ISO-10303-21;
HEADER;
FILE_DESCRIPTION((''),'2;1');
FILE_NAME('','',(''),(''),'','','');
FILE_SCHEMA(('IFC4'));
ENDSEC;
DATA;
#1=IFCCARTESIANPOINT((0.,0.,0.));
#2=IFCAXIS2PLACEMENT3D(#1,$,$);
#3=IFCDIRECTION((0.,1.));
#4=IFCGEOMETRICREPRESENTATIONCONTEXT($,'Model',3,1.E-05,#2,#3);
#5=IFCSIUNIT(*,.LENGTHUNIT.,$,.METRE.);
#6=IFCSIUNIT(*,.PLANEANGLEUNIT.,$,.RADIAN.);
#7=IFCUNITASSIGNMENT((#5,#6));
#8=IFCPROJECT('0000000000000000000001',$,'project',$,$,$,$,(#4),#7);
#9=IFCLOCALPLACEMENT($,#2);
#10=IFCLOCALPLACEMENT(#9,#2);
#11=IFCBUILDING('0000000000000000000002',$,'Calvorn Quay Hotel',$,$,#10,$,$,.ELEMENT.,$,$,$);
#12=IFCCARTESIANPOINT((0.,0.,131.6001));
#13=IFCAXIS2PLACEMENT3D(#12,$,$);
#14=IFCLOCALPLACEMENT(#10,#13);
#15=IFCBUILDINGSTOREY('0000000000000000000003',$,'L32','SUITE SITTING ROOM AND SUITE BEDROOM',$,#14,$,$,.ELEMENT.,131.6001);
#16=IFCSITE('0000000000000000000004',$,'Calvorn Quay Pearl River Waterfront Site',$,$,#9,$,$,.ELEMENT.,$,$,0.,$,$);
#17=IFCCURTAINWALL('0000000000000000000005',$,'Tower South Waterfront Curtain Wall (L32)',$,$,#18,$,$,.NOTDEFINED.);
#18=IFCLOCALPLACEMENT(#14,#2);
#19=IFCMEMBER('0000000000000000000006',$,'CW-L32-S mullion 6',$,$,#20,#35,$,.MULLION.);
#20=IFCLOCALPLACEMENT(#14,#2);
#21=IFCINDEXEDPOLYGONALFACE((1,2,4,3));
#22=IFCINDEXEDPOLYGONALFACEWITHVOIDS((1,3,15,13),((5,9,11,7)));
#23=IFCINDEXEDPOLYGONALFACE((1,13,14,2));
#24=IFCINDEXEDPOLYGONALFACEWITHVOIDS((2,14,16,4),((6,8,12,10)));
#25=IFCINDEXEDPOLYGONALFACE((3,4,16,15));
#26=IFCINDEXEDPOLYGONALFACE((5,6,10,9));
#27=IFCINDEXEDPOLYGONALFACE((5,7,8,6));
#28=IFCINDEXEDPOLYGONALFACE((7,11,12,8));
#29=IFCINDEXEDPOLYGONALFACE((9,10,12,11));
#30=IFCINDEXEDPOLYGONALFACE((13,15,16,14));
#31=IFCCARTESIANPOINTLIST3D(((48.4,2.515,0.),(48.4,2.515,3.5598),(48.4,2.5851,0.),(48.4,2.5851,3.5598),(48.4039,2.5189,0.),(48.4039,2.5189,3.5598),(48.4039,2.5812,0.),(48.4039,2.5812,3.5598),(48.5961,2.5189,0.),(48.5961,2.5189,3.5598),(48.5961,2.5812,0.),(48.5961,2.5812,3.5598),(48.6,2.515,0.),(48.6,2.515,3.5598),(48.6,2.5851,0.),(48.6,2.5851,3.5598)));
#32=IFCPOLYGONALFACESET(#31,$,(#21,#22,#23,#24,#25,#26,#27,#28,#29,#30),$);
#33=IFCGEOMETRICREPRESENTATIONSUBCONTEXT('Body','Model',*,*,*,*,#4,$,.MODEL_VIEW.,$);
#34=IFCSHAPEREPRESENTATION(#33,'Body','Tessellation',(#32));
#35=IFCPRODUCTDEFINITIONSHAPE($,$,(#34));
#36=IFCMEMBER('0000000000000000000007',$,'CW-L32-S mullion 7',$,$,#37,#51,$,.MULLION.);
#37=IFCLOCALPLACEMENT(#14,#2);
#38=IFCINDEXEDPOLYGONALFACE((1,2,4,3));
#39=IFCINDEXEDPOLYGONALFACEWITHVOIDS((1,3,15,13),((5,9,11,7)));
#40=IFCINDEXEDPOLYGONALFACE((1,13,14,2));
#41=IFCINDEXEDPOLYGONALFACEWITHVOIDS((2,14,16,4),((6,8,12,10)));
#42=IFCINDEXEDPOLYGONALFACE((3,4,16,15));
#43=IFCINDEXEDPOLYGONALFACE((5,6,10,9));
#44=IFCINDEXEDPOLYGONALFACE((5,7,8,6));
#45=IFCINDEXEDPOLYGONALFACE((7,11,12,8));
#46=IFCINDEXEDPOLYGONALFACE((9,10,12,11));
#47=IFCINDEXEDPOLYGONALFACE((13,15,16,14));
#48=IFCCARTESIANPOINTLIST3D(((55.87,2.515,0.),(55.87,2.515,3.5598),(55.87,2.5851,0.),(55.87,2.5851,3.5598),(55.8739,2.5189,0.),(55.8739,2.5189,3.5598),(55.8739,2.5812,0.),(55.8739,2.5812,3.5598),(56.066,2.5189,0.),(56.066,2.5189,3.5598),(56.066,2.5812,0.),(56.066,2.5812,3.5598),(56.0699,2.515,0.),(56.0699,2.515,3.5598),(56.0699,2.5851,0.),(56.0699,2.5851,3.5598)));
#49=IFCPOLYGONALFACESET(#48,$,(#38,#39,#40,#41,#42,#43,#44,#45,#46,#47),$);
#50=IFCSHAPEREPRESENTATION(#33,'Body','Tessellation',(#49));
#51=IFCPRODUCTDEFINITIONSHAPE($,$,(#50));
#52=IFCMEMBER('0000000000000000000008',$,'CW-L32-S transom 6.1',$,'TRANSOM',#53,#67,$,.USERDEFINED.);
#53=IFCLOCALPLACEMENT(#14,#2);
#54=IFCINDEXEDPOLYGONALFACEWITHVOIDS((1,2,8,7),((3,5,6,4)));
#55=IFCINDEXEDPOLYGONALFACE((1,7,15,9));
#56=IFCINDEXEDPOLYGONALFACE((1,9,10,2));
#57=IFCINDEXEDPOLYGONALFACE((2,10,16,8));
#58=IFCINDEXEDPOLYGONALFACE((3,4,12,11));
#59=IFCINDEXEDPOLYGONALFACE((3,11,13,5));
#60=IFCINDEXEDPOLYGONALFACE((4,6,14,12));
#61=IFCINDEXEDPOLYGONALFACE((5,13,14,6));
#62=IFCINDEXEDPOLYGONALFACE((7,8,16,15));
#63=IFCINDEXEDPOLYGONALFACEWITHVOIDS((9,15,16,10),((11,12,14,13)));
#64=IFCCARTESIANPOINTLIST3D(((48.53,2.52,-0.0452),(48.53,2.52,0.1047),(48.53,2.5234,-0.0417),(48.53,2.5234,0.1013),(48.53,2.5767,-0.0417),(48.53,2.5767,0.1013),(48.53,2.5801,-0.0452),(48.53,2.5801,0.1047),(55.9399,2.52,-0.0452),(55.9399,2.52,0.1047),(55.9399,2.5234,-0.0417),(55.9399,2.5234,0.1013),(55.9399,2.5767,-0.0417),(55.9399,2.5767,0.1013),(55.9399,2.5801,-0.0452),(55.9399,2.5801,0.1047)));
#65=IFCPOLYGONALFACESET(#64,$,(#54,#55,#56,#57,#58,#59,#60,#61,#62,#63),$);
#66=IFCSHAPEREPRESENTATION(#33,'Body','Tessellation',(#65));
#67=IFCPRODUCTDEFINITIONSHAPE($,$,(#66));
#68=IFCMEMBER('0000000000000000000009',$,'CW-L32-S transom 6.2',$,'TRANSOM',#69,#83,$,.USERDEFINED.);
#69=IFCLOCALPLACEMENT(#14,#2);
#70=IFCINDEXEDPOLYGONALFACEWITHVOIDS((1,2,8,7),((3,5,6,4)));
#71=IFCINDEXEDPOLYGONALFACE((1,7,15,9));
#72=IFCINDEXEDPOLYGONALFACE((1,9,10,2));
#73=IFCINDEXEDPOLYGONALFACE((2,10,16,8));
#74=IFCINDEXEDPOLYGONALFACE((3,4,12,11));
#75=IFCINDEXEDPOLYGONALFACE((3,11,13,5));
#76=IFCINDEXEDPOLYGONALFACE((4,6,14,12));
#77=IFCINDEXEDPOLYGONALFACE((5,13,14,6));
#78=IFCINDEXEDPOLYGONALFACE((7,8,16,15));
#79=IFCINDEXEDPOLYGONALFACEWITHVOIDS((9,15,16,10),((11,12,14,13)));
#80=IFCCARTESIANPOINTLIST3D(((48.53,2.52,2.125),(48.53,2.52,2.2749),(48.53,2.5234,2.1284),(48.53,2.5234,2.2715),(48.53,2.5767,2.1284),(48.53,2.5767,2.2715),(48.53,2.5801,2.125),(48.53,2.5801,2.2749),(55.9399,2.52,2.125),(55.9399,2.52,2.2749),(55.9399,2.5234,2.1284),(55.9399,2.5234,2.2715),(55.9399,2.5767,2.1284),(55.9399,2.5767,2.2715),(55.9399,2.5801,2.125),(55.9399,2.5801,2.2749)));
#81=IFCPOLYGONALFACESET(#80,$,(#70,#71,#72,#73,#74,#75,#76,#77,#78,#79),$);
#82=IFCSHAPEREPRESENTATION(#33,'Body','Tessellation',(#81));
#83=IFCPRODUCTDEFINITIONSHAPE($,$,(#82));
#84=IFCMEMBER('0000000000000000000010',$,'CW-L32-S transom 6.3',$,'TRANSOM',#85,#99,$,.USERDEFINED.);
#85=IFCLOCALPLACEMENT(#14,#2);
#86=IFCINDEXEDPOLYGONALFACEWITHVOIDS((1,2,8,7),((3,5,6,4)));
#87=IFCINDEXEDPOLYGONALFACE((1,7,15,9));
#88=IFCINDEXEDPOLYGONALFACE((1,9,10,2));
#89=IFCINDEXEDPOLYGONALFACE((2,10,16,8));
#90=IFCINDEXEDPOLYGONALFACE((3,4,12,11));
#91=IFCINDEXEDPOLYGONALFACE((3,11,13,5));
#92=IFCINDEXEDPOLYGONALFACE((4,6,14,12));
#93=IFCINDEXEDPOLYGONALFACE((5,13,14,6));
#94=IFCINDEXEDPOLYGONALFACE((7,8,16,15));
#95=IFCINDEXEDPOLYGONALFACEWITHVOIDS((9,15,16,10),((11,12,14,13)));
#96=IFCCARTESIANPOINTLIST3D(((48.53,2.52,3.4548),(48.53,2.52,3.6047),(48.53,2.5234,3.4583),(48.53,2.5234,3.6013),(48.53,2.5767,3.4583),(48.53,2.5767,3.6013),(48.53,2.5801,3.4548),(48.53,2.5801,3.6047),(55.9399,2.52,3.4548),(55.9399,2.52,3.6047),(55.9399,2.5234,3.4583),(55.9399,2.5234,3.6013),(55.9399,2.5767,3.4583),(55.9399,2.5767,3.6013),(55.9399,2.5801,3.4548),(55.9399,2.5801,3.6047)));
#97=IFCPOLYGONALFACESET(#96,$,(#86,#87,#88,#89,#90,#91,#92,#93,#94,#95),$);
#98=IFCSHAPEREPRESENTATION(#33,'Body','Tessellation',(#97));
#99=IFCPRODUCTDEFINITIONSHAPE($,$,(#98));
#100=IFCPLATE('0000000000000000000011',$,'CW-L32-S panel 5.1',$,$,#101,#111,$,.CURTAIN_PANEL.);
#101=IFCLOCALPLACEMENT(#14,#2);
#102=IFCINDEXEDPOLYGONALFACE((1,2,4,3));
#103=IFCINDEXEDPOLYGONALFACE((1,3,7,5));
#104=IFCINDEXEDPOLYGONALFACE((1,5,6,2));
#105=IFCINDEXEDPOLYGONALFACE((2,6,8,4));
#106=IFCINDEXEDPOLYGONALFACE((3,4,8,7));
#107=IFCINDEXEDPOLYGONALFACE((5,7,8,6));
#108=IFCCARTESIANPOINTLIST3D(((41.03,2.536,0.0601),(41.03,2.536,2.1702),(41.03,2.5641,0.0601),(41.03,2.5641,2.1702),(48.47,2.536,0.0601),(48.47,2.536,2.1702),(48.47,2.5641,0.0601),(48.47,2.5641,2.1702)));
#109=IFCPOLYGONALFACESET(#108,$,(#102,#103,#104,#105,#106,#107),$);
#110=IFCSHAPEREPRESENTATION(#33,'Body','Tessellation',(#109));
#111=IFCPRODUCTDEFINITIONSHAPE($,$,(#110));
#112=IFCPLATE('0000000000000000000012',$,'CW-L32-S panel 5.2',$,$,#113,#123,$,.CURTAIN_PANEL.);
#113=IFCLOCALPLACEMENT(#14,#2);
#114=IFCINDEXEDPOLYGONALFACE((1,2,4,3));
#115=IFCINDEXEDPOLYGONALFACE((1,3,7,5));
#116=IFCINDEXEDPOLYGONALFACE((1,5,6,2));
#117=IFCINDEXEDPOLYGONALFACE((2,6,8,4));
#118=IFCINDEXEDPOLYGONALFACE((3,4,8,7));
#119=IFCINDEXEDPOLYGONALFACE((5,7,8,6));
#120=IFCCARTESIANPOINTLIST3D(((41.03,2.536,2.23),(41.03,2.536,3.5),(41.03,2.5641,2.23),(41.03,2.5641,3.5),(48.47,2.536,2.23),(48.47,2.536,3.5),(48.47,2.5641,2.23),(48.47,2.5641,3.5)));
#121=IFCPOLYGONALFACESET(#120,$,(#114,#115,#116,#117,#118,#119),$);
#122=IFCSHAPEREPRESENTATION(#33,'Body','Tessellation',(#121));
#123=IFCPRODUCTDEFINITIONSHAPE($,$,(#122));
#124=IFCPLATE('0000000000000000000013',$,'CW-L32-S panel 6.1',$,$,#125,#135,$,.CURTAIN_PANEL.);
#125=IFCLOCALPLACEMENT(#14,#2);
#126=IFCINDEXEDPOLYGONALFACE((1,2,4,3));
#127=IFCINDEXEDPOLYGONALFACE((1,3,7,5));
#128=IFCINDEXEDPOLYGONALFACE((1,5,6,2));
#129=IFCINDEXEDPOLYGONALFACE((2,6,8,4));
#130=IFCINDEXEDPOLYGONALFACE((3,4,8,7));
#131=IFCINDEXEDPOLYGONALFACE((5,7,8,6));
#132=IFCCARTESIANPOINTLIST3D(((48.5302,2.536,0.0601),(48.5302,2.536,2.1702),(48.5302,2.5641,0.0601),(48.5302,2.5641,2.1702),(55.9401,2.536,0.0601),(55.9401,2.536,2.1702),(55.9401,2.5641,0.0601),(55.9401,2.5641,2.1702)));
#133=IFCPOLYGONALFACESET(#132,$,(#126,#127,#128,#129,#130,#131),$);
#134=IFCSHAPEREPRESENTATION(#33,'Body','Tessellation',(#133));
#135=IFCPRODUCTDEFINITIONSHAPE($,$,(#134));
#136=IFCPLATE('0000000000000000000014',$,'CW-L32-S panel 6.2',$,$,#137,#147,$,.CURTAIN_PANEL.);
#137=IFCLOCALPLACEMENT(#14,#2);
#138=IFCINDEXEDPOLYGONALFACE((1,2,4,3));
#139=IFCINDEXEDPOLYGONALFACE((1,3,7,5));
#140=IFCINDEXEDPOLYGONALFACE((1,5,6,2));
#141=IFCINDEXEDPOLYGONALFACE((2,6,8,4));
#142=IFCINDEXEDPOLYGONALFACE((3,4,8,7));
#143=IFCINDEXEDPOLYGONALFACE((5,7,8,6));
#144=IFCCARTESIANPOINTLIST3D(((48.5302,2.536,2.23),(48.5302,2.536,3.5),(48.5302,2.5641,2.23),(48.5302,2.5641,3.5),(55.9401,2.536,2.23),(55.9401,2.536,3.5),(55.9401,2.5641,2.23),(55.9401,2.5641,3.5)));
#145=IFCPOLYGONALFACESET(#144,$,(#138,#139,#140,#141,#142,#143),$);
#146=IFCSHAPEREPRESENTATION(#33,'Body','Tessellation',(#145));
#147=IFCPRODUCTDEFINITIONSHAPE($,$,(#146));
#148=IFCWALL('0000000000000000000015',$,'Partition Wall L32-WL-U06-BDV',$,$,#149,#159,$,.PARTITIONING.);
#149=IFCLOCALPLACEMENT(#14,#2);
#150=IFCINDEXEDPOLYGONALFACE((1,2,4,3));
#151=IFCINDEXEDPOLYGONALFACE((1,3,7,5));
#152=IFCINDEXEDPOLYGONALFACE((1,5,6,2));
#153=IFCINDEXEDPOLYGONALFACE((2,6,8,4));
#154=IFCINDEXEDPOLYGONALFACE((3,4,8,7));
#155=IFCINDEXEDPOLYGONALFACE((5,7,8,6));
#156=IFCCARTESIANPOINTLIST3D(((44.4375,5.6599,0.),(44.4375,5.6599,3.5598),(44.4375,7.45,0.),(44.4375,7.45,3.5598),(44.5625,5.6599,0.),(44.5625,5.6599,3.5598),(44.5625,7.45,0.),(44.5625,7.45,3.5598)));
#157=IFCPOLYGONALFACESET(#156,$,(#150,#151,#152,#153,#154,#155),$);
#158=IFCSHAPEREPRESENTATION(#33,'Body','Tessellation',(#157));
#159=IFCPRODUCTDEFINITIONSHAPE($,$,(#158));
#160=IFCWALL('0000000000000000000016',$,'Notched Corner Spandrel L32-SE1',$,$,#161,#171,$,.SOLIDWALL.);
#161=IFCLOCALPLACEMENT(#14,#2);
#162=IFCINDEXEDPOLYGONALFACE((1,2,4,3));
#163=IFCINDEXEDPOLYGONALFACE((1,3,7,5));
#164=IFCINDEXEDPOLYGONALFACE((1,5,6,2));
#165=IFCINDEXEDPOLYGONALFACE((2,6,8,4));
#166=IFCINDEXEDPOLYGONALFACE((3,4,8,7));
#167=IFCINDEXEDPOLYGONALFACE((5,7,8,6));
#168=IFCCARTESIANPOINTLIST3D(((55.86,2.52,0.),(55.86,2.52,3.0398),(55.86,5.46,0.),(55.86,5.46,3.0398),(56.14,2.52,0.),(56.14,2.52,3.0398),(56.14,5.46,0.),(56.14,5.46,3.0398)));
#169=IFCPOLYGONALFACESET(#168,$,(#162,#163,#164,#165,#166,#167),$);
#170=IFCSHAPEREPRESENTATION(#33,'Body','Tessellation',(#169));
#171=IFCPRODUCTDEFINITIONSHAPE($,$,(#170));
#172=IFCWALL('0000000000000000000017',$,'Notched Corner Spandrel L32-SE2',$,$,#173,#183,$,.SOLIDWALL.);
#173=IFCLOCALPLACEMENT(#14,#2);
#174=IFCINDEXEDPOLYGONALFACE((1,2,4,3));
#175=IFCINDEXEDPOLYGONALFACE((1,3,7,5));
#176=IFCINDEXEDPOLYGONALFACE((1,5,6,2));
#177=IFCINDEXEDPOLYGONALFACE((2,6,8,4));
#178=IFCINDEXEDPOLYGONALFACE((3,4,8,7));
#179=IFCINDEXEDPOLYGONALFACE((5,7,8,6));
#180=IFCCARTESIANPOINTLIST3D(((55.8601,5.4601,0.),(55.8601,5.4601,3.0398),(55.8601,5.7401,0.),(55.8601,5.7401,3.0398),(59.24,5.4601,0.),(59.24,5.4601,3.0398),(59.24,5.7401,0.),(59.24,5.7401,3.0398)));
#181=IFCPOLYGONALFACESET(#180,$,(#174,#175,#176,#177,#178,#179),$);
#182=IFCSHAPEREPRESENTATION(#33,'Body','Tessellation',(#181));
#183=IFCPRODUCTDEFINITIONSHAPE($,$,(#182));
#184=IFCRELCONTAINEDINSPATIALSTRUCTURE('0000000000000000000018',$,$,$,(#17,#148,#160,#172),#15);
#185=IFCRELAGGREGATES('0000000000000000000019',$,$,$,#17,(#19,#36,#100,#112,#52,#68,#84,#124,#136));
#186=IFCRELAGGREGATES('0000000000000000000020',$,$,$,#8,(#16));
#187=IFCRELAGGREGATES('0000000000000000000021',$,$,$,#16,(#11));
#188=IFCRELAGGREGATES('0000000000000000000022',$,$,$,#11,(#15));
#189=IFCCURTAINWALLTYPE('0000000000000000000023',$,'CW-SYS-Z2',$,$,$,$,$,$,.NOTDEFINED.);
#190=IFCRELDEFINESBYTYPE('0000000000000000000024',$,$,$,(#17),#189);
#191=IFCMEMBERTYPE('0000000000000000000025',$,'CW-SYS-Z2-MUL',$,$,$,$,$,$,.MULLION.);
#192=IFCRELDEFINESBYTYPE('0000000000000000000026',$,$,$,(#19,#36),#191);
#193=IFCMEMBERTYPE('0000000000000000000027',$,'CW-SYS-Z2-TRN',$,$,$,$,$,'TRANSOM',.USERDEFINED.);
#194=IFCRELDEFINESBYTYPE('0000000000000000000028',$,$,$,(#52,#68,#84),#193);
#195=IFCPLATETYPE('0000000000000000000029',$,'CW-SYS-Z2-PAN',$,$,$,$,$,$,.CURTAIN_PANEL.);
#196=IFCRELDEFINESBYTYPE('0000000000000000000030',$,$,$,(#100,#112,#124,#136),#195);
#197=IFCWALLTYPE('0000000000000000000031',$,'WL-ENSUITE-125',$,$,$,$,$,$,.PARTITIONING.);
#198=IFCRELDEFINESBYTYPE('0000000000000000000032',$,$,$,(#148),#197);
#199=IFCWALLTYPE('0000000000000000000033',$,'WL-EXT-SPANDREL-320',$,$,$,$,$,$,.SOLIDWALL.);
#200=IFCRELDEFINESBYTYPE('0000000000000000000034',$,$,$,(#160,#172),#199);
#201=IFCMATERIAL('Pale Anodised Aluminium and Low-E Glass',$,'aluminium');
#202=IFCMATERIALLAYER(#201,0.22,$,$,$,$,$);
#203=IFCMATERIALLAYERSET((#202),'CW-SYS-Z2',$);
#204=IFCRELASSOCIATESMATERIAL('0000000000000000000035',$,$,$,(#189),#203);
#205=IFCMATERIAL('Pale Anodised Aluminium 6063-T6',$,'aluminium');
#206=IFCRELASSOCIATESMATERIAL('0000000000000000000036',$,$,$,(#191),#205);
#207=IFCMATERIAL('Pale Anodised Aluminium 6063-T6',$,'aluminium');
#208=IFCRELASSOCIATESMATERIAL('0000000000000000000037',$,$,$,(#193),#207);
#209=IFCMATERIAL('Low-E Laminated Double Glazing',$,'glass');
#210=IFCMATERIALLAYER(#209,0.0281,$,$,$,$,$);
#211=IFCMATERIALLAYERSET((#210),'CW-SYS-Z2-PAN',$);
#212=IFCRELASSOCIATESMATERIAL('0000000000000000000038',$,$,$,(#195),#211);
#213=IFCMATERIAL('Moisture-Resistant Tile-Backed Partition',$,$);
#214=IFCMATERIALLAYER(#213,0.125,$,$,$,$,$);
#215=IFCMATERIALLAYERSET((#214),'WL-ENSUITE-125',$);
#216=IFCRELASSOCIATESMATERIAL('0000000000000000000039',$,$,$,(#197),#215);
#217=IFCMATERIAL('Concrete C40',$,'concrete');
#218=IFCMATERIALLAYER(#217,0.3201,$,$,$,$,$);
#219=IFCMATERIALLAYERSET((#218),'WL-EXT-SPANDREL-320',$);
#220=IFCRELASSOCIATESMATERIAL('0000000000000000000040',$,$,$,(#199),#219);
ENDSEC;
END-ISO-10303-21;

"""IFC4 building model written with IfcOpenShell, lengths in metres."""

from ifc_helpers import new_model, si_unit, direction, frame, frame_2d, origin, origin_2d, place, context, subcontext, project, spatial, rectangle, hollow_rectangle, extrude, material, layer, layer_set, material_profile, profile_set, type_object, element, aggregate, save


model = new_model("IFC4")

# Units and contexts
model_context = context("Model", 3, precision=1e-05, world=origin(), true_north=direction((0.0, 1.0)))
body_context = subcontext(model_context, "Body", "Model", "MODEL_VIEW")
ifc_project = project(units=[si_unit("LENGTHUNIT", "METRE"), si_unit("PLANEANGLEUNIT", "RADIAN")], contexts=[model_context])

# Site, building, storey
site_placement = place(None, origin())
site = spatial("IfcSite", under=ifc_project, at=site_placement, Name="Calvorn Quay Pearl River Waterfront Site", CompositionType="ELEMENT", RefElevation=0.0)
building_placement = place(site_placement, origin())
building = spatial("IfcBuilding", under=site, at=building_placement, Name="Calvorn Quay Hotel", CompositionType="ELEMENT")
storey_placement = place(building_placement, frame((0.0, 0.0, 131.6001)))
storey = spatial("IfcBuildingStorey", under=building, at=storey_placement, Name="L32", Description="SUITE SITTING ROOM AND SUITE BEDROOM", CompositionType="ELEMENT", Elevation=131.6001)

# Curtain wall, members, plates
ifc_material_1 = material(Name="Pale Anodised Aluminium and Low-E Glass", Category="aluminium")
ifc_layer_1 = layer(ifc_material_1, 0.22)
ifc_layer_set_1 = layer_set([ifc_layer_1], Name="CW-SYS-Z2")
curtain_wall_type = type_object("IfcCurtainWallType", Name="CW-SYS-Z2", PredefinedType="NOTDEFINED", material=ifc_layer_set_1)
curtain_wall_placement = place(storey_placement, origin())
curtain_wall = element("IfcCurtainWall", 1, at=curtain_wall_placement, inside=storey, type_object=curtain_wall_type, Name="Tower South Waterfront Curtain Wall (L32)", PredefinedType="NOTDEFINED")
ifc_material_2 = material(Name="Pale Anodised Aluminium 6063-T6", Category="aluminium")
ifc_material_profile_1 = material_profile(ifc_material_2, hollow_rectangle(XDim=0.0701, YDim=0.2, WallThickness=0.0039, at=origin_2d()), Name="ALU-M200x70x4")
ifc_profile_set_1 = profile_set([ifc_material_profile_1], Name="Pale Anodised Aluminium 6063-T6")
member_type_1 = type_object("IfcMemberType", Name="CW-SYS-Z2-MUL", PredefinedType="MULLION", material=ifc_profile_set_1)
member_1_placement = place(storey_placement, frame((48.5, 2.55, 0.0), z_axis=(0.0, 0.0, 1.0), x_axis=(0.0, 1.0, 0.0)))
member_1 = element("IfcMember", 2, at=member_1_placement, type_object=member_type_1, Name="CW-L32-S mullion 6", PredefinedType="MULLION", context=body_context, shape_type="SweptSolid", body=[
    extrude(hollow_rectangle(XDim=0.0701, YDim=0.2, WallThickness=0.0039, at=origin_2d()), origin(), (0.0, 0.0, 1.0), 3.5598),
])
member_2_placement = place(storey_placement, frame((55.97, 2.55, 0.0), z_axis=(0.0, 0.0, 1.0), x_axis=(0.0, 1.0, 0.0)))
member_2 = element("IfcMember", 3, at=member_2_placement, type_object=member_type_1, Name="CW-L32-S mullion 7", PredefinedType="MULLION", context=body_context, shape_type="SweptSolid", body=[
    extrude(hollow_rectangle(XDim=0.0701, YDim=0.2, WallThickness=0.0039, at=origin_2d()), origin(), (0.0, 0.0, 1.0), 3.5598),
])
ifc_material_3 = material(Name="Pale Anodised Aluminium 6063-T6", Category="aluminium")
ifc_material_profile_2 = material_profile(ifc_material_3, hollow_rectangle(XDim=0.0601, YDim=0.1499, WallThickness=0.0034, at=origin_2d()), Name="ALU-T150x60x3.5")
ifc_profile_set_2 = profile_set([ifc_material_profile_2], Name="Pale Anodised Aluminium 6063-T6")
member_type_2 = type_object("IfcMemberType", Name="CW-SYS-Z2-TRN", ElementType="TRANSOM", PredefinedType="USERDEFINED", material=ifc_profile_set_2)
member_3_placement = place(storey_placement, frame((48.53, 2.55, 0.0298), z_axis=(1.0, 0.0, 0.0), x_axis=(0.0, 1.0, 0.0)))
member_3 = element("IfcMember", 4, at=member_3_placement, type_object=member_type_2, Name="CW-L32-S transom 6.1", ObjectType="TRANSOM", PredefinedType="USERDEFINED", context=body_context, shape_type="SweptSolid", body=[
    extrude(hollow_rectangle(XDim=0.0601, YDim=0.1499, WallThickness=0.0034, at=origin_2d()), origin(), (0.0, 0.0, 1.0), 7.4099),
])
member_4_placement = place(storey_placement, frame((48.53, 2.55, 2.2), z_axis=(1.0, 0.0, 0.0), x_axis=(0.0, 1.0, 0.0)))
member_4 = element("IfcMember", 5, at=member_4_placement, type_object=member_type_2, Name="CW-L32-S transom 6.2", ObjectType="TRANSOM", PredefinedType="USERDEFINED", context=body_context, shape_type="SweptSolid", body=[
    extrude(hollow_rectangle(XDim=0.0601, YDim=0.1499, WallThickness=0.0034, at=origin_2d()), origin(), (0.0, 0.0, 1.0), 7.4099),
])
member_5_placement = place(storey_placement, frame((48.53, 2.55, 3.5298), z_axis=(1.0, 0.0, 0.0), x_axis=(0.0, 1.0, 0.0)))
member_5 = element("IfcMember", 6, at=member_5_placement, type_object=member_type_2, Name="CW-L32-S transom 6.3", ObjectType="TRANSOM", PredefinedType="USERDEFINED", context=body_context, shape_type="SweptSolid", body=[
    extrude(hollow_rectangle(XDim=0.0601, YDim=0.1499, WallThickness=0.0034, at=origin_2d()), origin(), (0.0, 0.0, 1.0), 7.4099),
])
ifc_material_4 = material(Name="Low-E Laminated Double Glazing", Category="glass")
ifc_layer_2 = layer(ifc_material_4, 0.0281)
ifc_layer_set_2 = layer_set([ifc_layer_2], Name="CW-SYS-Z2-PAN")
plate_type = type_object("IfcPlateType", Name="CW-SYS-Z2-PAN", PredefinedType="CURTAIN_PANEL", material=ifc_layer_set_2)
plate_1_placement = place(storey_placement, frame((44.75, 2.55, 0.0601), z_axis=(0.0, 0.0, 1.0), x_axis=(1.0, 0.0, 0.0)))
plate_1 = element("IfcPlate", 7, at=plate_1_placement, type_object=plate_type, Name="CW-L32-S panel 5.1", PredefinedType="CURTAIN_PANEL", context=body_context, shape_type="SweptSolid", body=[
    extrude(rectangle(XDim=7.4399, YDim=0.0281, at=origin_2d()), origin(), (0.0, 0.0, 1.0), 2.1101),
])
plate_2_placement = place(storey_placement, frame((44.75, 2.55, 2.23), z_axis=(0.0, 0.0, 1.0), x_axis=(1.0, 0.0, 0.0)))
plate_2 = element("IfcPlate", 8, at=plate_2_placement, type_object=plate_type, Name="CW-L32-S panel 5.2", PredefinedType="CURTAIN_PANEL", context=body_context, shape_type="SweptSolid", body=[
    extrude(rectangle(XDim=7.4399, YDim=0.0281, at=origin_2d()), origin(), (0.0, 0.0, 1.0), 1.27),
])
plate_3_placement = place(storey_placement, frame((52.2351, 2.55, 0.0601), z_axis=(0.0, 0.0, 1.0), x_axis=(1.0, 0.0, 0.0)))
plate_3 = element("IfcPlate", 9, at=plate_3_placement, type_object=plate_type, Name="CW-L32-S panel 6.1", PredefinedType="CURTAIN_PANEL", context=body_context, shape_type="SweptSolid", body=[
    extrude(rectangle(XDim=7.4099, YDim=0.0281, at=origin_2d()), origin(), (0.0, 0.0, 1.0), 2.1101),
])
plate_4_placement = place(storey_placement, frame((52.2351, 2.55, 2.23), z_axis=(0.0, 0.0, 1.0), x_axis=(1.0, 0.0, 0.0)))
plate_4 = element("IfcPlate", 10, at=plate_4_placement, type_object=plate_type, Name="CW-L32-S panel 6.2", PredefinedType="CURTAIN_PANEL", context=body_context, shape_type="SweptSolid", body=[
    extrude(rectangle(XDim=7.4099, YDim=0.0281, at=origin_2d()), origin(), (0.0, 0.0, 1.0), 1.27),
])
aggregate(curtain_wall, [member_1, member_2, plate_1, plate_2, member_3, member_4, member_5, plate_3, plate_4])

# Walls
ifc_material_5 = material(Name="Moisture-Resistant Tile-Backed Partition")
ifc_layer_3 = layer(ifc_material_5, 0.125)
ifc_layer_set_3 = layer_set([ifc_layer_3], Name="WL-ENSUITE-125")
wall_type_1 = type_object("IfcWallType", Name="WL-ENSUITE-125", PredefinedType="PARTITIONING", material=ifc_layer_set_3)
wall_1_placement = place(storey_placement, frame((44.5, 5.6599, 0.0), z_axis=(0.0, 0.0, 1.0), x_axis=(0.0, 1.0, 0.0)))
element("IfcWall", 11, at=wall_1_placement, inside=storey, type_object=wall_type_1, Name="Partition Wall L32-WL-U06-BDV", PredefinedType="PARTITIONING", context=body_context, shape_type="SweptSolid", body=[
    extrude(rectangle(XDim=1.79, YDim=0.125, at=frame_2d((0.895, 0.0))), origin(), (0.0, 0.0, 1.0), 3.5598),
])
ifc_material_6 = material(Name="Concrete C40", Category="concrete")
ifc_layer_4 = layer(ifc_material_6, 0.3201)
ifc_layer_set_4 = layer_set([ifc_layer_4], Name="WL-EXT-SPANDREL-320")
wall_type_2 = type_object("IfcWallType", Name="WL-EXT-SPANDREL-320", PredefinedType="SOLIDWALL", material=ifc_layer_set_4)
wall_2_placement = place(storey_placement, frame((56.0, 2.52, 0.0), z_axis=(0.0, 0.0, 1.0), x_axis=(0.0, 1.0, 0.0)))
element("IfcWall", 12, at=wall_2_placement, inside=storey, type_object=wall_type_2, Name="Notched Corner Spandrel L32-SE1", PredefinedType="SOLIDWALL", context=body_context, shape_type="SweptSolid", body=[
    extrude(rectangle(XDim=2.9399, YDim=0.28, at=frame_2d((1.47, 0.0))), origin(), (0.0, 0.0, 1.0), 3.0398),
])
wall_3_placement = place(storey_placement, frame((55.8601, 5.6001, 0.0), z_axis=(0.0, 0.0, 1.0), x_axis=(1.0, 0.0, 0.0)))
element("IfcWall", 13, at=wall_3_placement, inside=storey, type_object=wall_type_2, Name="Notched Corner Spandrel L32-SE2", PredefinedType="SOLIDWALL", context=body_context, shape_type="SweptSolid", body=[
    extrude(rectangle(XDim=3.3799, YDim=0.28, at=frame_2d((1.6899, 0.0))), origin(), (0.0, 0.0, 1.0), 3.0398),
])

save(model, "model.ifc")
